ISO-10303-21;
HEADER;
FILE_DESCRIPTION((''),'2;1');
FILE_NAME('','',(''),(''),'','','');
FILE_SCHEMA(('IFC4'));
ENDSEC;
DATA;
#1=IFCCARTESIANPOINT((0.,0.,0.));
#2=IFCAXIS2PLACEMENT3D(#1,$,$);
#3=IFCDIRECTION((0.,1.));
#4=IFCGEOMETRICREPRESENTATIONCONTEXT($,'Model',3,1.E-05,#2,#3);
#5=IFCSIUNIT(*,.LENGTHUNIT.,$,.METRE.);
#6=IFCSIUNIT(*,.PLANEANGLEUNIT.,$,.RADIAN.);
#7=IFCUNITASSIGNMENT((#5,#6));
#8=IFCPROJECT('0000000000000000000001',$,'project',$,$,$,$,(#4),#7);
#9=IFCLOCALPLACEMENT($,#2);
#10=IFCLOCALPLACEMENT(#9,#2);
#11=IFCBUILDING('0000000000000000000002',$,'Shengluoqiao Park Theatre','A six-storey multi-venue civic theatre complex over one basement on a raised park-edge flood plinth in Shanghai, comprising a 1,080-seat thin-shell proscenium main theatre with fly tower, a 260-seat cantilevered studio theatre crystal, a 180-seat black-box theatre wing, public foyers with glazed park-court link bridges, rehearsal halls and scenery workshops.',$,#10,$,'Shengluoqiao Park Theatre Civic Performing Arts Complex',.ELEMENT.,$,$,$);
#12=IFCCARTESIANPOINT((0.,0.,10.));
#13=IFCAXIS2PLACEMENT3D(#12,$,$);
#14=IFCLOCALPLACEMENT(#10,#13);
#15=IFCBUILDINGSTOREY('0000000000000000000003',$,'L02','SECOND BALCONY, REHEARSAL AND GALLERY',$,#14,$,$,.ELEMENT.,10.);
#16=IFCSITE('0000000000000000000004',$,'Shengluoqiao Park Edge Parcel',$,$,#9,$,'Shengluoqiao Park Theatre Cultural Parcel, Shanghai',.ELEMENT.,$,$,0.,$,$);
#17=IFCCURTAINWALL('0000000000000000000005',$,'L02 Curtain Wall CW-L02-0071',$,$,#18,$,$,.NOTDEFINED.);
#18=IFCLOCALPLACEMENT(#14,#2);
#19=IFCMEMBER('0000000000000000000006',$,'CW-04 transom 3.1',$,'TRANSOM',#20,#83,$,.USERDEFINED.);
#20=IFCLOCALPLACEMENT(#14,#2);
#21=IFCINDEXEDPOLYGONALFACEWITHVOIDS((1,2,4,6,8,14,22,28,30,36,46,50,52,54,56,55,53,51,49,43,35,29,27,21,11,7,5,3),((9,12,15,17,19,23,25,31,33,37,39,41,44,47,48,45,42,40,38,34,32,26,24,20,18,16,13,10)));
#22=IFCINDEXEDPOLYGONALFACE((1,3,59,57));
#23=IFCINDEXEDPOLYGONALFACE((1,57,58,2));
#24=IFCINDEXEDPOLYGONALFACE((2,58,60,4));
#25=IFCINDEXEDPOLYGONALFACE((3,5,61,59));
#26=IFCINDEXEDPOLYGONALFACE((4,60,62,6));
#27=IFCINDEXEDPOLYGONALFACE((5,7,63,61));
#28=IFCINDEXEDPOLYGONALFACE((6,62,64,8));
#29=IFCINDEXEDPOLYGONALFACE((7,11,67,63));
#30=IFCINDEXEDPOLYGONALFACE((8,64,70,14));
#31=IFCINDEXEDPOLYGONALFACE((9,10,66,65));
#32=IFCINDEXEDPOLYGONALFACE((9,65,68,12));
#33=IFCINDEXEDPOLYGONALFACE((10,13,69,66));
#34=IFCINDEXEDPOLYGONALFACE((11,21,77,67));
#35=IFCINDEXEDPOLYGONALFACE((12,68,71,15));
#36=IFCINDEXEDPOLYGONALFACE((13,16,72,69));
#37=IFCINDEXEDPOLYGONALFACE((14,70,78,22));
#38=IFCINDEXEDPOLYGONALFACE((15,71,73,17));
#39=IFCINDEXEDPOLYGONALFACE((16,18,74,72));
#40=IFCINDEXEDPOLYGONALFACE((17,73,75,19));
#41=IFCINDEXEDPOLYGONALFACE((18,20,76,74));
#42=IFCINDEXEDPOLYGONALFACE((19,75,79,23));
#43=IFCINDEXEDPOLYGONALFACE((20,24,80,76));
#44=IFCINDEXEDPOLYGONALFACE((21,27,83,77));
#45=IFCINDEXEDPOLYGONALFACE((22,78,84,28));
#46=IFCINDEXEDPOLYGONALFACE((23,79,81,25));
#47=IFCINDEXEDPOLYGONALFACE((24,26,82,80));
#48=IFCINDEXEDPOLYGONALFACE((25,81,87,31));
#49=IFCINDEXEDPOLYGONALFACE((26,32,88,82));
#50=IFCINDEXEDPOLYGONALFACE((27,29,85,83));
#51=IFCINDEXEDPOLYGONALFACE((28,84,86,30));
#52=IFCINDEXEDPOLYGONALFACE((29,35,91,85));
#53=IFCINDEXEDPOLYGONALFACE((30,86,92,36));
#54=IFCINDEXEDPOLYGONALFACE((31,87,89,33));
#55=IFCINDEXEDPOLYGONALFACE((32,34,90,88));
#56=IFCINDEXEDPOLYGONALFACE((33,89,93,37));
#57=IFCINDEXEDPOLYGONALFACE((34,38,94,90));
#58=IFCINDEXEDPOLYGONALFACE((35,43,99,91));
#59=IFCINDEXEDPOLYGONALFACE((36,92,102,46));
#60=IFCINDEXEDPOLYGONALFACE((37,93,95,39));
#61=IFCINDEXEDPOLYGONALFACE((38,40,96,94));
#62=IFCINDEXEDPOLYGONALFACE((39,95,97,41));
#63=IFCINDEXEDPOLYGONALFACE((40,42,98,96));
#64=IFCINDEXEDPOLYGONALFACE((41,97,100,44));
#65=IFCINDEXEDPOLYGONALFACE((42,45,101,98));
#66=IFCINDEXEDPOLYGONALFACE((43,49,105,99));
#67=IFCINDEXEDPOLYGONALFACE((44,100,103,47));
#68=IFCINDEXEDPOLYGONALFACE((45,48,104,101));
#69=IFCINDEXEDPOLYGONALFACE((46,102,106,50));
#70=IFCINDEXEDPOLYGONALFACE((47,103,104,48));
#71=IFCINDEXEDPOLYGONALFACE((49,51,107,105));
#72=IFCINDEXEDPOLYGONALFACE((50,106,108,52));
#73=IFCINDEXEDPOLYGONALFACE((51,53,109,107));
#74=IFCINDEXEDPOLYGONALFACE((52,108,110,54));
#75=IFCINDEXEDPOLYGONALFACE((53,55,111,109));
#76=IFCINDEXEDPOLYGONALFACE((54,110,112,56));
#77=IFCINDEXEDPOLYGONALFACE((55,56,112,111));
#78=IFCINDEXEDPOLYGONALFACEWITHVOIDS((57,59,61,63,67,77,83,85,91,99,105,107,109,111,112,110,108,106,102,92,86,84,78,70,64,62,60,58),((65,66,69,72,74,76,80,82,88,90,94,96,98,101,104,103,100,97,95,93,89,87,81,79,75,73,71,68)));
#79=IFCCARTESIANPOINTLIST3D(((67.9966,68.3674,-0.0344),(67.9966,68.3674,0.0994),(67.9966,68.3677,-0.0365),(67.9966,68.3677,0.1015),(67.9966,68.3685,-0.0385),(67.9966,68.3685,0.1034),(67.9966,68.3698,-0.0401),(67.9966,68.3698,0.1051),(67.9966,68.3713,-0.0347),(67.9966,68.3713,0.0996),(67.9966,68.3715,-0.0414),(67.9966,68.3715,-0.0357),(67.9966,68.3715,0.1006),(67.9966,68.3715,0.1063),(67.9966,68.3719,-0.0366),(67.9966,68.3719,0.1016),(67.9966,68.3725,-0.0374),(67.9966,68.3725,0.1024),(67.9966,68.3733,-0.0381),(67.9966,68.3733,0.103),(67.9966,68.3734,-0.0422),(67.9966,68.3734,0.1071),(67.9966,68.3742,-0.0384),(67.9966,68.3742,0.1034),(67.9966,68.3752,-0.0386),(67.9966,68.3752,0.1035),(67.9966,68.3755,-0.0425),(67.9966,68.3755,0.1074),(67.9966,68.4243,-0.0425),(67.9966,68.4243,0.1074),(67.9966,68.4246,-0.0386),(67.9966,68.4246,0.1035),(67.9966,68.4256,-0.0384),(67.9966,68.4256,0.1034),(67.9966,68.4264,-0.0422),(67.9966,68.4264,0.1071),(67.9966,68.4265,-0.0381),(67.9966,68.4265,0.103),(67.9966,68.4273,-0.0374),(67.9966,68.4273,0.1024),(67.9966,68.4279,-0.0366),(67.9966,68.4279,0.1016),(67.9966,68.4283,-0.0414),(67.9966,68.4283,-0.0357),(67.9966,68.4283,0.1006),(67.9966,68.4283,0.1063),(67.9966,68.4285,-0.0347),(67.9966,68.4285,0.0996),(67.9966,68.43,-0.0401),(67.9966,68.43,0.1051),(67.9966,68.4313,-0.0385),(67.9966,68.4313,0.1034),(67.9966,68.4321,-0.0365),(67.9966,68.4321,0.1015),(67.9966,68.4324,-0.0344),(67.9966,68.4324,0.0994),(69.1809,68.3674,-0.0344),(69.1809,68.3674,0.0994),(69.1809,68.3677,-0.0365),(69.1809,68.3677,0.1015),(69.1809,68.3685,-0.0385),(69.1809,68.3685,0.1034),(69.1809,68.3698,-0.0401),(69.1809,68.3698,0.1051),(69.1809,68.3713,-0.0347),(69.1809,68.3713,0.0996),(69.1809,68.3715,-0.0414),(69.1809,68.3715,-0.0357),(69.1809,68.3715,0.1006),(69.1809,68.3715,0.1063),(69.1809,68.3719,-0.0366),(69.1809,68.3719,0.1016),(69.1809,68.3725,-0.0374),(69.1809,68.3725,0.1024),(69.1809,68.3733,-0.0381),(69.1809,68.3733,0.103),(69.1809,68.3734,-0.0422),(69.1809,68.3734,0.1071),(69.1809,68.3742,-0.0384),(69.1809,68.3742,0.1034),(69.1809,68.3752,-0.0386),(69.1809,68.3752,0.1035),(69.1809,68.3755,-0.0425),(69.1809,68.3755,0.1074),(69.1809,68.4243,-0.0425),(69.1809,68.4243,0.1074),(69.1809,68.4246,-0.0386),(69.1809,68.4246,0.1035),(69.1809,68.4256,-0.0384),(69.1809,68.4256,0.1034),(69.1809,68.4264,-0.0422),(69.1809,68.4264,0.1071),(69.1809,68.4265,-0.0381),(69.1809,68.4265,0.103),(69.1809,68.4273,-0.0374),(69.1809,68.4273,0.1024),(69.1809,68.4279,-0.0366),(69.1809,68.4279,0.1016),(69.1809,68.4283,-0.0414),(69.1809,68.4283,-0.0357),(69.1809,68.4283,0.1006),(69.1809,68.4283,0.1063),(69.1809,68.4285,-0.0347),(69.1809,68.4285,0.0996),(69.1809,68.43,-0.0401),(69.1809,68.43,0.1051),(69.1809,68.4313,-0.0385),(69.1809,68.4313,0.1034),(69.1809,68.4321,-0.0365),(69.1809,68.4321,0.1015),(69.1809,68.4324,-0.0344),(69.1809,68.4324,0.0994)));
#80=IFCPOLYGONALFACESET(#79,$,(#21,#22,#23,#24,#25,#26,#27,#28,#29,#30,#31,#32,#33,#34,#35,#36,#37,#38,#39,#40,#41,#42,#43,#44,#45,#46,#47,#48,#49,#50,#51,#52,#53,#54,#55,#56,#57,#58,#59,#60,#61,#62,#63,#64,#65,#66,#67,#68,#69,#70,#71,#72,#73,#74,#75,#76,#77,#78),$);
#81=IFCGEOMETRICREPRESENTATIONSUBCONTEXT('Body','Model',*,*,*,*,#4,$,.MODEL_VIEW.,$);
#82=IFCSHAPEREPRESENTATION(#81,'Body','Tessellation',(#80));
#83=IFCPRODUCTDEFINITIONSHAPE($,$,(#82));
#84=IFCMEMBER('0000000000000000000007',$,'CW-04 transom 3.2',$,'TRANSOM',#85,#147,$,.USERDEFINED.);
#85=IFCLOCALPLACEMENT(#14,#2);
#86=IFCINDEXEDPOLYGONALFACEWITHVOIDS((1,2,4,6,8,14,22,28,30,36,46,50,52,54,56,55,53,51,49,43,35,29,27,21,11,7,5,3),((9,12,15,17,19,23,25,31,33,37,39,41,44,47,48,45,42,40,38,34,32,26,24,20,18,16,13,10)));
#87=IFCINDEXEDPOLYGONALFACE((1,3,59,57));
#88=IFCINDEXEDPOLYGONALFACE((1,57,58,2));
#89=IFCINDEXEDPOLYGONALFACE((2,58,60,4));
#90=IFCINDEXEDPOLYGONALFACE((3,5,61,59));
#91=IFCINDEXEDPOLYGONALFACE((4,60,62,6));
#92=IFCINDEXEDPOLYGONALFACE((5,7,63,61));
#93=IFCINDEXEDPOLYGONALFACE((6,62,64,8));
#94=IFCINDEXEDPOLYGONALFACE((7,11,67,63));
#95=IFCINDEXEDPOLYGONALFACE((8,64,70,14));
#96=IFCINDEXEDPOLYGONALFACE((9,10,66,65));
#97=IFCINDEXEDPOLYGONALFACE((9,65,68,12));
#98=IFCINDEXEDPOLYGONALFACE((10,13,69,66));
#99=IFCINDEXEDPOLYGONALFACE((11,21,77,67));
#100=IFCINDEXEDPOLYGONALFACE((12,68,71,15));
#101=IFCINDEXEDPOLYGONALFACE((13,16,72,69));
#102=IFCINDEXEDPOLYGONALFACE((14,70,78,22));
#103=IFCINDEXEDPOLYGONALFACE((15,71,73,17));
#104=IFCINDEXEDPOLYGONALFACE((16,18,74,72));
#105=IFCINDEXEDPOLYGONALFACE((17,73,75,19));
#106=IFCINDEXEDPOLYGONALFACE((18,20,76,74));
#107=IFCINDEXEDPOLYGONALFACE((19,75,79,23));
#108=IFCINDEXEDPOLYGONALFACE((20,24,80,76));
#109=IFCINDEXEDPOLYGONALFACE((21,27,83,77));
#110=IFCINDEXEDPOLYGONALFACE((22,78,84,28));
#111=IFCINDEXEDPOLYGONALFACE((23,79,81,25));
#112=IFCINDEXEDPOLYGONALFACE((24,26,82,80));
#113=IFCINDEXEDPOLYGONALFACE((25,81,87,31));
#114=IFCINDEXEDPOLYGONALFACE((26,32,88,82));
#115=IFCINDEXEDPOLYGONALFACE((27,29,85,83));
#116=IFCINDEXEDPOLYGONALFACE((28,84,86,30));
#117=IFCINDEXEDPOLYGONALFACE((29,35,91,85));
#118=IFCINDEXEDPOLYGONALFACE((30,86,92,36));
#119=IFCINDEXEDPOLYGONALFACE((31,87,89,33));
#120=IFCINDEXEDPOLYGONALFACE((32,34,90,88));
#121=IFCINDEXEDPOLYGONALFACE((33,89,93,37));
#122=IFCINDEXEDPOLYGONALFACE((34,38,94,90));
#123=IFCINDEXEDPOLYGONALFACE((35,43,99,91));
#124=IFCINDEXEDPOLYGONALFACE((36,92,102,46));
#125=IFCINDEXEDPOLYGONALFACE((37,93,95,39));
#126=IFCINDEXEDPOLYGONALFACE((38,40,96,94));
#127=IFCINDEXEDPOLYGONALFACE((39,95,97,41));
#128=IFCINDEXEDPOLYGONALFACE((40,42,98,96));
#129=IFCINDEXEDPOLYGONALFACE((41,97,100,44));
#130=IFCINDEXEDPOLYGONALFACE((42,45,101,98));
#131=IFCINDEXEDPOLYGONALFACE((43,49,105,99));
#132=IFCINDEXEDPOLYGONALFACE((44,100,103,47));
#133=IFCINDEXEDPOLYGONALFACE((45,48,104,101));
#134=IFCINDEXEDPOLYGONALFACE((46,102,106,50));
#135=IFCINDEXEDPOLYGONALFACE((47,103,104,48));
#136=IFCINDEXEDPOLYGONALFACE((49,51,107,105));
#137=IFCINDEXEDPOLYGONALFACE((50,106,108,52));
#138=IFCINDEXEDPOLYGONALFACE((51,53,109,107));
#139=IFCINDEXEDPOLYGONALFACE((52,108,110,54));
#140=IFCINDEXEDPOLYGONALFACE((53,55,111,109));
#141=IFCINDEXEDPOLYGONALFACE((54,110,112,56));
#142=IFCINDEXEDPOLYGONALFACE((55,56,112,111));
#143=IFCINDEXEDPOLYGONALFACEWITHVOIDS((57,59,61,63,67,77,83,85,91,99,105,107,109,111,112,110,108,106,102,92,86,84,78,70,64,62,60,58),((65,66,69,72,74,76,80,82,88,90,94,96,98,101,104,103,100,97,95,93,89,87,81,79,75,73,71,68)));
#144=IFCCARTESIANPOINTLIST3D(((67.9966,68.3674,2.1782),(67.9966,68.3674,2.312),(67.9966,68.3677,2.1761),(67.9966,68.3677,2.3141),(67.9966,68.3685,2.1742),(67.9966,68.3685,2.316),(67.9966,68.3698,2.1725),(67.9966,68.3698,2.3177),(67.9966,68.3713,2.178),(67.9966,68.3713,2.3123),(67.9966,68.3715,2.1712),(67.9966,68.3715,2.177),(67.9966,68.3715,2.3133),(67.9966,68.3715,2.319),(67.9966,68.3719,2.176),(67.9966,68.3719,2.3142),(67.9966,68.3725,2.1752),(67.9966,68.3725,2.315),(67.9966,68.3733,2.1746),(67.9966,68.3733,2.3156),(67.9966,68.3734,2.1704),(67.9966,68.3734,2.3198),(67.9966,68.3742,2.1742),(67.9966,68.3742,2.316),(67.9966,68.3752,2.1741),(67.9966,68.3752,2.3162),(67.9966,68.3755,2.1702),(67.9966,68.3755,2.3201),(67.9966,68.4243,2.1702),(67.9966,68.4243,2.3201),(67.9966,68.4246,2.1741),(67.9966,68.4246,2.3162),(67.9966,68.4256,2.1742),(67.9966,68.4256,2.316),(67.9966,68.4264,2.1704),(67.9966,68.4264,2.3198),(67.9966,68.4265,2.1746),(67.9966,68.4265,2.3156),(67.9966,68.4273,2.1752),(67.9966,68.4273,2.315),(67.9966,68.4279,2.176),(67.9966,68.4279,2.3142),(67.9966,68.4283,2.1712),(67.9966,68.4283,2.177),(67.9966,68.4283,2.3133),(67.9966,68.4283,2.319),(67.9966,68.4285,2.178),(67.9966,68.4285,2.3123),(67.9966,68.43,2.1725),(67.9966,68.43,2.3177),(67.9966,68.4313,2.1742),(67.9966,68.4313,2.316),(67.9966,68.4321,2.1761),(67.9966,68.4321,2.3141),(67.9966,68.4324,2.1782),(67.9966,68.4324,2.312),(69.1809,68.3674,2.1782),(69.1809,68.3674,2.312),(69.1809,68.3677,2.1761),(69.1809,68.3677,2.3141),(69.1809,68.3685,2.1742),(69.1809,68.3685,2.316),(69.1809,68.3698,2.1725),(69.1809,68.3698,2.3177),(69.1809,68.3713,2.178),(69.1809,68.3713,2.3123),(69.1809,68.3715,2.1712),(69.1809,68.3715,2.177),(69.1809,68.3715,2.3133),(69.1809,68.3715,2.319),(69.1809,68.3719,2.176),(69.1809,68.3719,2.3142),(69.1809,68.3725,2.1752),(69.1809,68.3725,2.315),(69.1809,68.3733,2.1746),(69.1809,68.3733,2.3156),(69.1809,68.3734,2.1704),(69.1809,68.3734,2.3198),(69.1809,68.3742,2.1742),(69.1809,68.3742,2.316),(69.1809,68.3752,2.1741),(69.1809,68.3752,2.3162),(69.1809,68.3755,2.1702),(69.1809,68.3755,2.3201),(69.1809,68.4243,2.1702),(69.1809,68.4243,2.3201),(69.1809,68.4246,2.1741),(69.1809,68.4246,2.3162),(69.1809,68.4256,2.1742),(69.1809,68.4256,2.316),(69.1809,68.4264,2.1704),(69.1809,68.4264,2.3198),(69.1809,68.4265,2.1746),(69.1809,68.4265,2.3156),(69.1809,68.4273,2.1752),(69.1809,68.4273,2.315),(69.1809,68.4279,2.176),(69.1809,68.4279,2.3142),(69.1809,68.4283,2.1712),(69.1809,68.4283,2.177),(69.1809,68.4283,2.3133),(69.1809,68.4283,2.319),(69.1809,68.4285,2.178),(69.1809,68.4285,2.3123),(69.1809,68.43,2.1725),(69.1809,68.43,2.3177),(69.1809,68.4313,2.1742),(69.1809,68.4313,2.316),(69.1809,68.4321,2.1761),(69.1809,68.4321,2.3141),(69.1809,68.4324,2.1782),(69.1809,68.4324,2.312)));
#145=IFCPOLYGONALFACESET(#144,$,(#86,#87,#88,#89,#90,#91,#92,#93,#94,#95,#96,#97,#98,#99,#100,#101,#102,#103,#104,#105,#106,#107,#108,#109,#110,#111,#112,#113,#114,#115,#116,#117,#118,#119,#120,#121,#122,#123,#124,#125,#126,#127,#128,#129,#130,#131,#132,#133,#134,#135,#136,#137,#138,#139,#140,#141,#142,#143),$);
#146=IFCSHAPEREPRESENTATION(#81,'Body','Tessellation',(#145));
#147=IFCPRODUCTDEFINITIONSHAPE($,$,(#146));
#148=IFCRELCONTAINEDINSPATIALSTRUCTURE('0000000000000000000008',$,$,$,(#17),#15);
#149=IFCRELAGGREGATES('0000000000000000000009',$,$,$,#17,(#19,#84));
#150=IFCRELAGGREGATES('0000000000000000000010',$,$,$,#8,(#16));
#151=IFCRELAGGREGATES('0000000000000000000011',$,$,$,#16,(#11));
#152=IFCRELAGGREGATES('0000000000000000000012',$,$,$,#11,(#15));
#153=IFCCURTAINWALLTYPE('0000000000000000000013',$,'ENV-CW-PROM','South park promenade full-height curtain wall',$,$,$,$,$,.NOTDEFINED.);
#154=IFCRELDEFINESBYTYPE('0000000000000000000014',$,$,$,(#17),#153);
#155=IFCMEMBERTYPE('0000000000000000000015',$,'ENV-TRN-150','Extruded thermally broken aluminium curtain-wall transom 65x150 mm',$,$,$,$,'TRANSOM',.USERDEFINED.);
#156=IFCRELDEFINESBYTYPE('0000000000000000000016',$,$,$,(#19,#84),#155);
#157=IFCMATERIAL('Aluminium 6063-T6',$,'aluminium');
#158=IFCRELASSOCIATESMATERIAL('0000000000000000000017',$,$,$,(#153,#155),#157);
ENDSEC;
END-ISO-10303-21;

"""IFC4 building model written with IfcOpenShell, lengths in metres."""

from ifc_helpers import new_model, si_unit, direction, frame, origin, origin_2d, place, context, subcontext, project, spatial, hollow_rectangle, extrude, material, material_profile, profile_set, type_object, element, aggregate, save


model = new_model("IFC4")

# Units and contexts
model_context = context("Model", 3, precision=1e-05, world=origin(), true_north=direction((0.0, 1.0)))
body_context = subcontext(model_context, "Body", "Model", "MODEL_VIEW")
ifc_project = project(units=[si_unit("LENGTHUNIT", "METRE"), si_unit("PLANEANGLEUNIT", "RADIAN")], contexts=[model_context])

# Site, building, storey
site_placement = place(None, origin())
site = spatial("IfcSite", under=ifc_project, at=site_placement, Name="Shengluoqiao Park Edge Parcel", LongName="Shengluoqiao Park Theatre Cultural Parcel, Shanghai", CompositionType="ELEMENT", RefElevation=0.0)
building_placement = place(site_placement, origin())
building = spatial("IfcBuilding", under=site, at=building_placement, Name="Shengluoqiao Park Theatre", Description="A six-storey multi-venue civic theatre complex over one basement on a raised park-edge flood plinth in Shanghai, comprising a 1,080-seat thin-shell proscenium main theatre with fly tower, a 260-seat cantilevered studio theatre crystal, a 180-seat black-box theatre wing, public foyers with glazed park-court link bridges, rehearsal halls and scenery workshops.", LongName="Shengluoqiao Park Theatre Civic Performing Arts Complex", CompositionType="ELEMENT")
storey_placement = place(building_placement, frame((0.0, 0.0, 10.0)))
storey = spatial("IfcBuildingStorey", under=building, at=storey_placement, Name="L02", Description="SECOND BALCONY, REHEARSAL AND GALLERY", CompositionType="ELEMENT", Elevation=10.0)

# Curtain wall
ifc_material_1 = material(Name="Aluminium 6063-T6", Category="aluminium")
curtain_wall_type = type_object("IfcCurtainWallType", Name="ENV-CW-PROM", Description="South park promenade full-height curtain wall", PredefinedType="NOTDEFINED", material=ifc_material_1)
curtain_wall_1_placement = place(storey_placement, origin())
curtain_wall_1 = element("IfcCurtainWall", 1, at=curtain_wall_1_placement, inside=storey, type_object=curtain_wall_type, Name="L02 Curtain Wall CW-L02-0071", PredefinedType="NOTDEFINED")

# Members
ifc_material_profile_1 = material_profile(ifc_material_1, hollow_rectangle(XDim=0.0649, YDim=0.1499, WallThickness=0.0039, InnerFilletRadius=0.0039, OuterFilletRadius=0.0081, at=origin_2d()), Name="ALU TRANSOM 150x65x4")
ifc_profile_set_1 = profile_set([ifc_material_profile_1], Name="Aluminium 6063-T6")
member_type_1 = type_object("IfcMemberType", Name="ENV-TRN-150", Description="Extruded thermally broken aluminium curtain-wall transom 65x150 mm", ElementType="TRANSOM", PredefinedType="USERDEFINED", material=ifc_profile_set_1)
member_1_placement = place(storey_placement, frame((67.9966, 68.3999, 0.0325), z_axis=(1.0, 0.0, 0.0), x_axis=(0.0, 1.0, 0.0)))
member_1 = element("IfcMember", 2, at=member_1_placement, type_object=member_type_1, Name="CW-04 transom 3.1", ObjectType="TRANSOM", PredefinedType="USERDEFINED", context=body_context, shape_type="SweptSolid", body=[
    extrude(hollow_rectangle(XDim=0.0649, YDim=0.1499, WallThickness=0.0039, InnerFilletRadius=0.0039, OuterFilletRadius=0.0081, at=origin_2d()), origin(), (0.0, 0.0, 1.0), 1.1843),
])
member_2_placement = place(storey_placement, frame((67.9966, 68.3999, 2.2451), z_axis=(1.0, 0.0, 0.0), x_axis=(0.0, 1.0, 0.0)))
member_2 = element("IfcMember", 3, at=member_2_placement, type_object=member_type_1, Name="CW-04 transom 3.2", ObjectType="TRANSOM", PredefinedType="USERDEFINED", context=body_context, shape_type="SweptSolid", body=[
    extrude(hollow_rectangle(XDim=0.0649, YDim=0.1499, WallThickness=0.0039, InnerFilletRadius=0.0039, OuterFilletRadius=0.0081, at=origin_2d()), origin(), (0.0, 0.0, 1.0), 1.1843),
])

aggregate(curtain_wall_1, [member_1, member_2])

save(model, "model.ifc")
